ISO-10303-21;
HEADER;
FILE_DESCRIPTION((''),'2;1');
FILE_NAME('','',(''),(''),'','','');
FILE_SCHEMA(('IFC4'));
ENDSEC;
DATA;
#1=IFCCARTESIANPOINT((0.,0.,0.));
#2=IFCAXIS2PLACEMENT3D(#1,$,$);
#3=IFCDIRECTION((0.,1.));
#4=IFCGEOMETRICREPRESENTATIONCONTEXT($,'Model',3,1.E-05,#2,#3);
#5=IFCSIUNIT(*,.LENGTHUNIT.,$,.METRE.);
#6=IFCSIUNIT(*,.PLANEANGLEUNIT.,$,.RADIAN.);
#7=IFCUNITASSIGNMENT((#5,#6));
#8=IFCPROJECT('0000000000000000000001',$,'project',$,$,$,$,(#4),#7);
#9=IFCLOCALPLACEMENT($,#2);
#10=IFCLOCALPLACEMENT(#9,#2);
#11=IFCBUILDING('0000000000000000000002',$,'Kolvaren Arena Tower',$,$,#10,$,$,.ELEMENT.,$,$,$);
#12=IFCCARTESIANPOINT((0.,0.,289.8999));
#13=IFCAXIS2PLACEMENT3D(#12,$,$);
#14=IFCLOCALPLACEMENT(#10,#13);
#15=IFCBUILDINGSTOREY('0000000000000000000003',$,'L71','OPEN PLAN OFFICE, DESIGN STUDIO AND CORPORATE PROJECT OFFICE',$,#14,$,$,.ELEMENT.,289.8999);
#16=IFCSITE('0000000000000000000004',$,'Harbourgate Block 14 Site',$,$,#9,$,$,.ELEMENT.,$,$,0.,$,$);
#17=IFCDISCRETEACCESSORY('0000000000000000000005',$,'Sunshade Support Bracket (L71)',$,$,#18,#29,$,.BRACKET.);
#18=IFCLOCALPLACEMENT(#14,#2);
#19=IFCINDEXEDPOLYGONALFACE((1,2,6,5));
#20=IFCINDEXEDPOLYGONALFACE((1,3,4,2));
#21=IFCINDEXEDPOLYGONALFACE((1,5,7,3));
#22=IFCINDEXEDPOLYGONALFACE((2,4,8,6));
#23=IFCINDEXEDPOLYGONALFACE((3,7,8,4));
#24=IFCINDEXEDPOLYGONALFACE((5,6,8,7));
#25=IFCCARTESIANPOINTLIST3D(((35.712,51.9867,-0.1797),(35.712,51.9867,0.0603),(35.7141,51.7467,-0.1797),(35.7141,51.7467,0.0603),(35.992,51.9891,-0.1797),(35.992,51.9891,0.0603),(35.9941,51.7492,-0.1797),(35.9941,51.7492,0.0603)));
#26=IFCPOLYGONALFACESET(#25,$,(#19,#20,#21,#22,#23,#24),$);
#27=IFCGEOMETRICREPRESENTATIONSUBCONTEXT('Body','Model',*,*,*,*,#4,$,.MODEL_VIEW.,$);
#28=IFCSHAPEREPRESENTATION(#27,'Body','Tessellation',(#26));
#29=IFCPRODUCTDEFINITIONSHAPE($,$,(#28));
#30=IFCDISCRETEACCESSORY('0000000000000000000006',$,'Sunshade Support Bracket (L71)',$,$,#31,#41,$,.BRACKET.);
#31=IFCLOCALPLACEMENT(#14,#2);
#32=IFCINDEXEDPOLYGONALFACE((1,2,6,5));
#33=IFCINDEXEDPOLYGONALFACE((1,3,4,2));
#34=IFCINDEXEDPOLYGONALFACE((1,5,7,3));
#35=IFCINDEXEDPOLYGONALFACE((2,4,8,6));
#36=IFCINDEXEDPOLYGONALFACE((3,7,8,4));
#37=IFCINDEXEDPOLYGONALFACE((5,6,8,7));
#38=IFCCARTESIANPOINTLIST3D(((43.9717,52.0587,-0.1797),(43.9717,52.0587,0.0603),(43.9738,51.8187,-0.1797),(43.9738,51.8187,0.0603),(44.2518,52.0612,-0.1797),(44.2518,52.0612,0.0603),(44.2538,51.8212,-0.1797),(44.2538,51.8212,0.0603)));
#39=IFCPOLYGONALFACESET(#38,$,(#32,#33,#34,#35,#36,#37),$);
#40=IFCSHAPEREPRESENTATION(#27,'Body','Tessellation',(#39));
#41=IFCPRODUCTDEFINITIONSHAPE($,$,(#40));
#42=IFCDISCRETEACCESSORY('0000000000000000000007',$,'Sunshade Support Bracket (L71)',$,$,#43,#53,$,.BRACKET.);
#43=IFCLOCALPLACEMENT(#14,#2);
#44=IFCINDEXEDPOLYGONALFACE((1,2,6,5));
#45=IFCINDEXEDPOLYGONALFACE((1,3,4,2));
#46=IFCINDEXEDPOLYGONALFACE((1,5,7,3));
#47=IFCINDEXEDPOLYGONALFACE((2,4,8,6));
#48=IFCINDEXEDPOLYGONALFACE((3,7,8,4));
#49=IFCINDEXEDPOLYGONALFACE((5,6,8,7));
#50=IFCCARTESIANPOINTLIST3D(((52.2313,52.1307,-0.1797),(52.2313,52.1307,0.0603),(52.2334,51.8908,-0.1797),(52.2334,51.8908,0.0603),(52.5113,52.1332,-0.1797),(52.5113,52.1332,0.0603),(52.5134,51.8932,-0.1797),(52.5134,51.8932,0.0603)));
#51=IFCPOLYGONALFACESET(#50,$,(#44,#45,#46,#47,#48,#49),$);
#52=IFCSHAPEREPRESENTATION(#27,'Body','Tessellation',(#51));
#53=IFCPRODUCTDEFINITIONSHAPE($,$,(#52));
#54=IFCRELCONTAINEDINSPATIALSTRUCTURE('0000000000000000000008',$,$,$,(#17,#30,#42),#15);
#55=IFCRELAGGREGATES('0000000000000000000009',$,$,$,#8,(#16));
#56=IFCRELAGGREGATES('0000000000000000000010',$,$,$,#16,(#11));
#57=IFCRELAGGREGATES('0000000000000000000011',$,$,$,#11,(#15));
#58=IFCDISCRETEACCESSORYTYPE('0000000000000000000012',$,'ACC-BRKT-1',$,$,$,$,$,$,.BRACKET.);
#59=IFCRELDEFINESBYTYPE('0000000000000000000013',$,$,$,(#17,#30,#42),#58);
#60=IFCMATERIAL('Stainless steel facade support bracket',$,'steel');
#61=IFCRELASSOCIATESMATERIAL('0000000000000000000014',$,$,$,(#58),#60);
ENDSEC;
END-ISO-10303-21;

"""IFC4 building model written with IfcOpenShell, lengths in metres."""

from ifc_helpers import new_model, si_unit, direction, frame, origin, origin_2d, place, context, subcontext, project, spatial, rectangle, extrude, material, type_object, element, save


model = new_model("IFC4")

# Units and contexts
model_context = context("Model", 3, precision=1e-05, world=origin(), true_north=direction((0.0, 1.0)))
body_context = subcontext(model_context, "Body", "Model", "MODEL_VIEW")
ifc_project = project(units=[si_unit("LENGTHUNIT", "METRE"), si_unit("PLANEANGLEUNIT", "RADIAN")], contexts=[model_context])

# Site, building, storey
site_placement = place(None, origin())
site = spatial("IfcSite", under=ifc_project, at=site_placement, Name="Harbourgate Block 14 Site", CompositionType="ELEMENT", RefElevation=0.0)
building_placement = place(site_placement, origin())
building = spatial("IfcBuilding", under=site, at=building_placement, Name="Kolvaren Arena Tower", CompositionType="ELEMENT")
storey_placement = place(building_placement, frame((0.0, 0.0, 289.8999)))
storey = spatial("IfcBuildingStorey", under=building, at=storey_placement, Name="L71", Description="OPEN PLAN OFFICE, DESIGN STUDIO AND CORPORATE PROJECT OFFICE", CompositionType="ELEMENT", Elevation=289.8999)

# Discrete accessories
ifc_material_1 = material(Name="Stainless steel facade support bracket", Category="steel")
discrete_accessory_type = type_object("IfcDiscreteAccessoryType", Name="ACC-BRKT-1", PredefinedType="BRACKET", material=ifc_material_1)
for number, where, z_axis, x_axis, name in (
    (1, (35.853, 51.8679, -0.1797), (0.0, 0.0, 1.0), (0.999962, 0.008727, 0.0), "Sunshade Support Bracket (L71)"),
    (2, (44.1128, 51.9399, -0.1797), (0.0, 0.0, 1.0), (0.999962, 0.008727, 0.0), "Sunshade Support Bracket (L71)"),
    (3, (52.3723, 52.012, -0.1797), (0.0, 0.0, 1.0), (0.999962, 0.008727, 0.0), "Sunshade Support Bracket (L71)"),
):
    element("IfcDiscreteAccessory", number, at=place(storey_placement, frame(where, z_axis=z_axis, x_axis=x_axis)), inside=storey, type_object=discrete_accessory_type, Name=name, PredefinedType="BRACKET", context=body_context, shape_type="SweptSolid", body=[
        extrude(rectangle(XDim=0.28, YDim=0.24, at=origin_2d()), origin(), (0.0, 0.0, 1.0), 0.24),
    ])

save(model, "model.ifc")
